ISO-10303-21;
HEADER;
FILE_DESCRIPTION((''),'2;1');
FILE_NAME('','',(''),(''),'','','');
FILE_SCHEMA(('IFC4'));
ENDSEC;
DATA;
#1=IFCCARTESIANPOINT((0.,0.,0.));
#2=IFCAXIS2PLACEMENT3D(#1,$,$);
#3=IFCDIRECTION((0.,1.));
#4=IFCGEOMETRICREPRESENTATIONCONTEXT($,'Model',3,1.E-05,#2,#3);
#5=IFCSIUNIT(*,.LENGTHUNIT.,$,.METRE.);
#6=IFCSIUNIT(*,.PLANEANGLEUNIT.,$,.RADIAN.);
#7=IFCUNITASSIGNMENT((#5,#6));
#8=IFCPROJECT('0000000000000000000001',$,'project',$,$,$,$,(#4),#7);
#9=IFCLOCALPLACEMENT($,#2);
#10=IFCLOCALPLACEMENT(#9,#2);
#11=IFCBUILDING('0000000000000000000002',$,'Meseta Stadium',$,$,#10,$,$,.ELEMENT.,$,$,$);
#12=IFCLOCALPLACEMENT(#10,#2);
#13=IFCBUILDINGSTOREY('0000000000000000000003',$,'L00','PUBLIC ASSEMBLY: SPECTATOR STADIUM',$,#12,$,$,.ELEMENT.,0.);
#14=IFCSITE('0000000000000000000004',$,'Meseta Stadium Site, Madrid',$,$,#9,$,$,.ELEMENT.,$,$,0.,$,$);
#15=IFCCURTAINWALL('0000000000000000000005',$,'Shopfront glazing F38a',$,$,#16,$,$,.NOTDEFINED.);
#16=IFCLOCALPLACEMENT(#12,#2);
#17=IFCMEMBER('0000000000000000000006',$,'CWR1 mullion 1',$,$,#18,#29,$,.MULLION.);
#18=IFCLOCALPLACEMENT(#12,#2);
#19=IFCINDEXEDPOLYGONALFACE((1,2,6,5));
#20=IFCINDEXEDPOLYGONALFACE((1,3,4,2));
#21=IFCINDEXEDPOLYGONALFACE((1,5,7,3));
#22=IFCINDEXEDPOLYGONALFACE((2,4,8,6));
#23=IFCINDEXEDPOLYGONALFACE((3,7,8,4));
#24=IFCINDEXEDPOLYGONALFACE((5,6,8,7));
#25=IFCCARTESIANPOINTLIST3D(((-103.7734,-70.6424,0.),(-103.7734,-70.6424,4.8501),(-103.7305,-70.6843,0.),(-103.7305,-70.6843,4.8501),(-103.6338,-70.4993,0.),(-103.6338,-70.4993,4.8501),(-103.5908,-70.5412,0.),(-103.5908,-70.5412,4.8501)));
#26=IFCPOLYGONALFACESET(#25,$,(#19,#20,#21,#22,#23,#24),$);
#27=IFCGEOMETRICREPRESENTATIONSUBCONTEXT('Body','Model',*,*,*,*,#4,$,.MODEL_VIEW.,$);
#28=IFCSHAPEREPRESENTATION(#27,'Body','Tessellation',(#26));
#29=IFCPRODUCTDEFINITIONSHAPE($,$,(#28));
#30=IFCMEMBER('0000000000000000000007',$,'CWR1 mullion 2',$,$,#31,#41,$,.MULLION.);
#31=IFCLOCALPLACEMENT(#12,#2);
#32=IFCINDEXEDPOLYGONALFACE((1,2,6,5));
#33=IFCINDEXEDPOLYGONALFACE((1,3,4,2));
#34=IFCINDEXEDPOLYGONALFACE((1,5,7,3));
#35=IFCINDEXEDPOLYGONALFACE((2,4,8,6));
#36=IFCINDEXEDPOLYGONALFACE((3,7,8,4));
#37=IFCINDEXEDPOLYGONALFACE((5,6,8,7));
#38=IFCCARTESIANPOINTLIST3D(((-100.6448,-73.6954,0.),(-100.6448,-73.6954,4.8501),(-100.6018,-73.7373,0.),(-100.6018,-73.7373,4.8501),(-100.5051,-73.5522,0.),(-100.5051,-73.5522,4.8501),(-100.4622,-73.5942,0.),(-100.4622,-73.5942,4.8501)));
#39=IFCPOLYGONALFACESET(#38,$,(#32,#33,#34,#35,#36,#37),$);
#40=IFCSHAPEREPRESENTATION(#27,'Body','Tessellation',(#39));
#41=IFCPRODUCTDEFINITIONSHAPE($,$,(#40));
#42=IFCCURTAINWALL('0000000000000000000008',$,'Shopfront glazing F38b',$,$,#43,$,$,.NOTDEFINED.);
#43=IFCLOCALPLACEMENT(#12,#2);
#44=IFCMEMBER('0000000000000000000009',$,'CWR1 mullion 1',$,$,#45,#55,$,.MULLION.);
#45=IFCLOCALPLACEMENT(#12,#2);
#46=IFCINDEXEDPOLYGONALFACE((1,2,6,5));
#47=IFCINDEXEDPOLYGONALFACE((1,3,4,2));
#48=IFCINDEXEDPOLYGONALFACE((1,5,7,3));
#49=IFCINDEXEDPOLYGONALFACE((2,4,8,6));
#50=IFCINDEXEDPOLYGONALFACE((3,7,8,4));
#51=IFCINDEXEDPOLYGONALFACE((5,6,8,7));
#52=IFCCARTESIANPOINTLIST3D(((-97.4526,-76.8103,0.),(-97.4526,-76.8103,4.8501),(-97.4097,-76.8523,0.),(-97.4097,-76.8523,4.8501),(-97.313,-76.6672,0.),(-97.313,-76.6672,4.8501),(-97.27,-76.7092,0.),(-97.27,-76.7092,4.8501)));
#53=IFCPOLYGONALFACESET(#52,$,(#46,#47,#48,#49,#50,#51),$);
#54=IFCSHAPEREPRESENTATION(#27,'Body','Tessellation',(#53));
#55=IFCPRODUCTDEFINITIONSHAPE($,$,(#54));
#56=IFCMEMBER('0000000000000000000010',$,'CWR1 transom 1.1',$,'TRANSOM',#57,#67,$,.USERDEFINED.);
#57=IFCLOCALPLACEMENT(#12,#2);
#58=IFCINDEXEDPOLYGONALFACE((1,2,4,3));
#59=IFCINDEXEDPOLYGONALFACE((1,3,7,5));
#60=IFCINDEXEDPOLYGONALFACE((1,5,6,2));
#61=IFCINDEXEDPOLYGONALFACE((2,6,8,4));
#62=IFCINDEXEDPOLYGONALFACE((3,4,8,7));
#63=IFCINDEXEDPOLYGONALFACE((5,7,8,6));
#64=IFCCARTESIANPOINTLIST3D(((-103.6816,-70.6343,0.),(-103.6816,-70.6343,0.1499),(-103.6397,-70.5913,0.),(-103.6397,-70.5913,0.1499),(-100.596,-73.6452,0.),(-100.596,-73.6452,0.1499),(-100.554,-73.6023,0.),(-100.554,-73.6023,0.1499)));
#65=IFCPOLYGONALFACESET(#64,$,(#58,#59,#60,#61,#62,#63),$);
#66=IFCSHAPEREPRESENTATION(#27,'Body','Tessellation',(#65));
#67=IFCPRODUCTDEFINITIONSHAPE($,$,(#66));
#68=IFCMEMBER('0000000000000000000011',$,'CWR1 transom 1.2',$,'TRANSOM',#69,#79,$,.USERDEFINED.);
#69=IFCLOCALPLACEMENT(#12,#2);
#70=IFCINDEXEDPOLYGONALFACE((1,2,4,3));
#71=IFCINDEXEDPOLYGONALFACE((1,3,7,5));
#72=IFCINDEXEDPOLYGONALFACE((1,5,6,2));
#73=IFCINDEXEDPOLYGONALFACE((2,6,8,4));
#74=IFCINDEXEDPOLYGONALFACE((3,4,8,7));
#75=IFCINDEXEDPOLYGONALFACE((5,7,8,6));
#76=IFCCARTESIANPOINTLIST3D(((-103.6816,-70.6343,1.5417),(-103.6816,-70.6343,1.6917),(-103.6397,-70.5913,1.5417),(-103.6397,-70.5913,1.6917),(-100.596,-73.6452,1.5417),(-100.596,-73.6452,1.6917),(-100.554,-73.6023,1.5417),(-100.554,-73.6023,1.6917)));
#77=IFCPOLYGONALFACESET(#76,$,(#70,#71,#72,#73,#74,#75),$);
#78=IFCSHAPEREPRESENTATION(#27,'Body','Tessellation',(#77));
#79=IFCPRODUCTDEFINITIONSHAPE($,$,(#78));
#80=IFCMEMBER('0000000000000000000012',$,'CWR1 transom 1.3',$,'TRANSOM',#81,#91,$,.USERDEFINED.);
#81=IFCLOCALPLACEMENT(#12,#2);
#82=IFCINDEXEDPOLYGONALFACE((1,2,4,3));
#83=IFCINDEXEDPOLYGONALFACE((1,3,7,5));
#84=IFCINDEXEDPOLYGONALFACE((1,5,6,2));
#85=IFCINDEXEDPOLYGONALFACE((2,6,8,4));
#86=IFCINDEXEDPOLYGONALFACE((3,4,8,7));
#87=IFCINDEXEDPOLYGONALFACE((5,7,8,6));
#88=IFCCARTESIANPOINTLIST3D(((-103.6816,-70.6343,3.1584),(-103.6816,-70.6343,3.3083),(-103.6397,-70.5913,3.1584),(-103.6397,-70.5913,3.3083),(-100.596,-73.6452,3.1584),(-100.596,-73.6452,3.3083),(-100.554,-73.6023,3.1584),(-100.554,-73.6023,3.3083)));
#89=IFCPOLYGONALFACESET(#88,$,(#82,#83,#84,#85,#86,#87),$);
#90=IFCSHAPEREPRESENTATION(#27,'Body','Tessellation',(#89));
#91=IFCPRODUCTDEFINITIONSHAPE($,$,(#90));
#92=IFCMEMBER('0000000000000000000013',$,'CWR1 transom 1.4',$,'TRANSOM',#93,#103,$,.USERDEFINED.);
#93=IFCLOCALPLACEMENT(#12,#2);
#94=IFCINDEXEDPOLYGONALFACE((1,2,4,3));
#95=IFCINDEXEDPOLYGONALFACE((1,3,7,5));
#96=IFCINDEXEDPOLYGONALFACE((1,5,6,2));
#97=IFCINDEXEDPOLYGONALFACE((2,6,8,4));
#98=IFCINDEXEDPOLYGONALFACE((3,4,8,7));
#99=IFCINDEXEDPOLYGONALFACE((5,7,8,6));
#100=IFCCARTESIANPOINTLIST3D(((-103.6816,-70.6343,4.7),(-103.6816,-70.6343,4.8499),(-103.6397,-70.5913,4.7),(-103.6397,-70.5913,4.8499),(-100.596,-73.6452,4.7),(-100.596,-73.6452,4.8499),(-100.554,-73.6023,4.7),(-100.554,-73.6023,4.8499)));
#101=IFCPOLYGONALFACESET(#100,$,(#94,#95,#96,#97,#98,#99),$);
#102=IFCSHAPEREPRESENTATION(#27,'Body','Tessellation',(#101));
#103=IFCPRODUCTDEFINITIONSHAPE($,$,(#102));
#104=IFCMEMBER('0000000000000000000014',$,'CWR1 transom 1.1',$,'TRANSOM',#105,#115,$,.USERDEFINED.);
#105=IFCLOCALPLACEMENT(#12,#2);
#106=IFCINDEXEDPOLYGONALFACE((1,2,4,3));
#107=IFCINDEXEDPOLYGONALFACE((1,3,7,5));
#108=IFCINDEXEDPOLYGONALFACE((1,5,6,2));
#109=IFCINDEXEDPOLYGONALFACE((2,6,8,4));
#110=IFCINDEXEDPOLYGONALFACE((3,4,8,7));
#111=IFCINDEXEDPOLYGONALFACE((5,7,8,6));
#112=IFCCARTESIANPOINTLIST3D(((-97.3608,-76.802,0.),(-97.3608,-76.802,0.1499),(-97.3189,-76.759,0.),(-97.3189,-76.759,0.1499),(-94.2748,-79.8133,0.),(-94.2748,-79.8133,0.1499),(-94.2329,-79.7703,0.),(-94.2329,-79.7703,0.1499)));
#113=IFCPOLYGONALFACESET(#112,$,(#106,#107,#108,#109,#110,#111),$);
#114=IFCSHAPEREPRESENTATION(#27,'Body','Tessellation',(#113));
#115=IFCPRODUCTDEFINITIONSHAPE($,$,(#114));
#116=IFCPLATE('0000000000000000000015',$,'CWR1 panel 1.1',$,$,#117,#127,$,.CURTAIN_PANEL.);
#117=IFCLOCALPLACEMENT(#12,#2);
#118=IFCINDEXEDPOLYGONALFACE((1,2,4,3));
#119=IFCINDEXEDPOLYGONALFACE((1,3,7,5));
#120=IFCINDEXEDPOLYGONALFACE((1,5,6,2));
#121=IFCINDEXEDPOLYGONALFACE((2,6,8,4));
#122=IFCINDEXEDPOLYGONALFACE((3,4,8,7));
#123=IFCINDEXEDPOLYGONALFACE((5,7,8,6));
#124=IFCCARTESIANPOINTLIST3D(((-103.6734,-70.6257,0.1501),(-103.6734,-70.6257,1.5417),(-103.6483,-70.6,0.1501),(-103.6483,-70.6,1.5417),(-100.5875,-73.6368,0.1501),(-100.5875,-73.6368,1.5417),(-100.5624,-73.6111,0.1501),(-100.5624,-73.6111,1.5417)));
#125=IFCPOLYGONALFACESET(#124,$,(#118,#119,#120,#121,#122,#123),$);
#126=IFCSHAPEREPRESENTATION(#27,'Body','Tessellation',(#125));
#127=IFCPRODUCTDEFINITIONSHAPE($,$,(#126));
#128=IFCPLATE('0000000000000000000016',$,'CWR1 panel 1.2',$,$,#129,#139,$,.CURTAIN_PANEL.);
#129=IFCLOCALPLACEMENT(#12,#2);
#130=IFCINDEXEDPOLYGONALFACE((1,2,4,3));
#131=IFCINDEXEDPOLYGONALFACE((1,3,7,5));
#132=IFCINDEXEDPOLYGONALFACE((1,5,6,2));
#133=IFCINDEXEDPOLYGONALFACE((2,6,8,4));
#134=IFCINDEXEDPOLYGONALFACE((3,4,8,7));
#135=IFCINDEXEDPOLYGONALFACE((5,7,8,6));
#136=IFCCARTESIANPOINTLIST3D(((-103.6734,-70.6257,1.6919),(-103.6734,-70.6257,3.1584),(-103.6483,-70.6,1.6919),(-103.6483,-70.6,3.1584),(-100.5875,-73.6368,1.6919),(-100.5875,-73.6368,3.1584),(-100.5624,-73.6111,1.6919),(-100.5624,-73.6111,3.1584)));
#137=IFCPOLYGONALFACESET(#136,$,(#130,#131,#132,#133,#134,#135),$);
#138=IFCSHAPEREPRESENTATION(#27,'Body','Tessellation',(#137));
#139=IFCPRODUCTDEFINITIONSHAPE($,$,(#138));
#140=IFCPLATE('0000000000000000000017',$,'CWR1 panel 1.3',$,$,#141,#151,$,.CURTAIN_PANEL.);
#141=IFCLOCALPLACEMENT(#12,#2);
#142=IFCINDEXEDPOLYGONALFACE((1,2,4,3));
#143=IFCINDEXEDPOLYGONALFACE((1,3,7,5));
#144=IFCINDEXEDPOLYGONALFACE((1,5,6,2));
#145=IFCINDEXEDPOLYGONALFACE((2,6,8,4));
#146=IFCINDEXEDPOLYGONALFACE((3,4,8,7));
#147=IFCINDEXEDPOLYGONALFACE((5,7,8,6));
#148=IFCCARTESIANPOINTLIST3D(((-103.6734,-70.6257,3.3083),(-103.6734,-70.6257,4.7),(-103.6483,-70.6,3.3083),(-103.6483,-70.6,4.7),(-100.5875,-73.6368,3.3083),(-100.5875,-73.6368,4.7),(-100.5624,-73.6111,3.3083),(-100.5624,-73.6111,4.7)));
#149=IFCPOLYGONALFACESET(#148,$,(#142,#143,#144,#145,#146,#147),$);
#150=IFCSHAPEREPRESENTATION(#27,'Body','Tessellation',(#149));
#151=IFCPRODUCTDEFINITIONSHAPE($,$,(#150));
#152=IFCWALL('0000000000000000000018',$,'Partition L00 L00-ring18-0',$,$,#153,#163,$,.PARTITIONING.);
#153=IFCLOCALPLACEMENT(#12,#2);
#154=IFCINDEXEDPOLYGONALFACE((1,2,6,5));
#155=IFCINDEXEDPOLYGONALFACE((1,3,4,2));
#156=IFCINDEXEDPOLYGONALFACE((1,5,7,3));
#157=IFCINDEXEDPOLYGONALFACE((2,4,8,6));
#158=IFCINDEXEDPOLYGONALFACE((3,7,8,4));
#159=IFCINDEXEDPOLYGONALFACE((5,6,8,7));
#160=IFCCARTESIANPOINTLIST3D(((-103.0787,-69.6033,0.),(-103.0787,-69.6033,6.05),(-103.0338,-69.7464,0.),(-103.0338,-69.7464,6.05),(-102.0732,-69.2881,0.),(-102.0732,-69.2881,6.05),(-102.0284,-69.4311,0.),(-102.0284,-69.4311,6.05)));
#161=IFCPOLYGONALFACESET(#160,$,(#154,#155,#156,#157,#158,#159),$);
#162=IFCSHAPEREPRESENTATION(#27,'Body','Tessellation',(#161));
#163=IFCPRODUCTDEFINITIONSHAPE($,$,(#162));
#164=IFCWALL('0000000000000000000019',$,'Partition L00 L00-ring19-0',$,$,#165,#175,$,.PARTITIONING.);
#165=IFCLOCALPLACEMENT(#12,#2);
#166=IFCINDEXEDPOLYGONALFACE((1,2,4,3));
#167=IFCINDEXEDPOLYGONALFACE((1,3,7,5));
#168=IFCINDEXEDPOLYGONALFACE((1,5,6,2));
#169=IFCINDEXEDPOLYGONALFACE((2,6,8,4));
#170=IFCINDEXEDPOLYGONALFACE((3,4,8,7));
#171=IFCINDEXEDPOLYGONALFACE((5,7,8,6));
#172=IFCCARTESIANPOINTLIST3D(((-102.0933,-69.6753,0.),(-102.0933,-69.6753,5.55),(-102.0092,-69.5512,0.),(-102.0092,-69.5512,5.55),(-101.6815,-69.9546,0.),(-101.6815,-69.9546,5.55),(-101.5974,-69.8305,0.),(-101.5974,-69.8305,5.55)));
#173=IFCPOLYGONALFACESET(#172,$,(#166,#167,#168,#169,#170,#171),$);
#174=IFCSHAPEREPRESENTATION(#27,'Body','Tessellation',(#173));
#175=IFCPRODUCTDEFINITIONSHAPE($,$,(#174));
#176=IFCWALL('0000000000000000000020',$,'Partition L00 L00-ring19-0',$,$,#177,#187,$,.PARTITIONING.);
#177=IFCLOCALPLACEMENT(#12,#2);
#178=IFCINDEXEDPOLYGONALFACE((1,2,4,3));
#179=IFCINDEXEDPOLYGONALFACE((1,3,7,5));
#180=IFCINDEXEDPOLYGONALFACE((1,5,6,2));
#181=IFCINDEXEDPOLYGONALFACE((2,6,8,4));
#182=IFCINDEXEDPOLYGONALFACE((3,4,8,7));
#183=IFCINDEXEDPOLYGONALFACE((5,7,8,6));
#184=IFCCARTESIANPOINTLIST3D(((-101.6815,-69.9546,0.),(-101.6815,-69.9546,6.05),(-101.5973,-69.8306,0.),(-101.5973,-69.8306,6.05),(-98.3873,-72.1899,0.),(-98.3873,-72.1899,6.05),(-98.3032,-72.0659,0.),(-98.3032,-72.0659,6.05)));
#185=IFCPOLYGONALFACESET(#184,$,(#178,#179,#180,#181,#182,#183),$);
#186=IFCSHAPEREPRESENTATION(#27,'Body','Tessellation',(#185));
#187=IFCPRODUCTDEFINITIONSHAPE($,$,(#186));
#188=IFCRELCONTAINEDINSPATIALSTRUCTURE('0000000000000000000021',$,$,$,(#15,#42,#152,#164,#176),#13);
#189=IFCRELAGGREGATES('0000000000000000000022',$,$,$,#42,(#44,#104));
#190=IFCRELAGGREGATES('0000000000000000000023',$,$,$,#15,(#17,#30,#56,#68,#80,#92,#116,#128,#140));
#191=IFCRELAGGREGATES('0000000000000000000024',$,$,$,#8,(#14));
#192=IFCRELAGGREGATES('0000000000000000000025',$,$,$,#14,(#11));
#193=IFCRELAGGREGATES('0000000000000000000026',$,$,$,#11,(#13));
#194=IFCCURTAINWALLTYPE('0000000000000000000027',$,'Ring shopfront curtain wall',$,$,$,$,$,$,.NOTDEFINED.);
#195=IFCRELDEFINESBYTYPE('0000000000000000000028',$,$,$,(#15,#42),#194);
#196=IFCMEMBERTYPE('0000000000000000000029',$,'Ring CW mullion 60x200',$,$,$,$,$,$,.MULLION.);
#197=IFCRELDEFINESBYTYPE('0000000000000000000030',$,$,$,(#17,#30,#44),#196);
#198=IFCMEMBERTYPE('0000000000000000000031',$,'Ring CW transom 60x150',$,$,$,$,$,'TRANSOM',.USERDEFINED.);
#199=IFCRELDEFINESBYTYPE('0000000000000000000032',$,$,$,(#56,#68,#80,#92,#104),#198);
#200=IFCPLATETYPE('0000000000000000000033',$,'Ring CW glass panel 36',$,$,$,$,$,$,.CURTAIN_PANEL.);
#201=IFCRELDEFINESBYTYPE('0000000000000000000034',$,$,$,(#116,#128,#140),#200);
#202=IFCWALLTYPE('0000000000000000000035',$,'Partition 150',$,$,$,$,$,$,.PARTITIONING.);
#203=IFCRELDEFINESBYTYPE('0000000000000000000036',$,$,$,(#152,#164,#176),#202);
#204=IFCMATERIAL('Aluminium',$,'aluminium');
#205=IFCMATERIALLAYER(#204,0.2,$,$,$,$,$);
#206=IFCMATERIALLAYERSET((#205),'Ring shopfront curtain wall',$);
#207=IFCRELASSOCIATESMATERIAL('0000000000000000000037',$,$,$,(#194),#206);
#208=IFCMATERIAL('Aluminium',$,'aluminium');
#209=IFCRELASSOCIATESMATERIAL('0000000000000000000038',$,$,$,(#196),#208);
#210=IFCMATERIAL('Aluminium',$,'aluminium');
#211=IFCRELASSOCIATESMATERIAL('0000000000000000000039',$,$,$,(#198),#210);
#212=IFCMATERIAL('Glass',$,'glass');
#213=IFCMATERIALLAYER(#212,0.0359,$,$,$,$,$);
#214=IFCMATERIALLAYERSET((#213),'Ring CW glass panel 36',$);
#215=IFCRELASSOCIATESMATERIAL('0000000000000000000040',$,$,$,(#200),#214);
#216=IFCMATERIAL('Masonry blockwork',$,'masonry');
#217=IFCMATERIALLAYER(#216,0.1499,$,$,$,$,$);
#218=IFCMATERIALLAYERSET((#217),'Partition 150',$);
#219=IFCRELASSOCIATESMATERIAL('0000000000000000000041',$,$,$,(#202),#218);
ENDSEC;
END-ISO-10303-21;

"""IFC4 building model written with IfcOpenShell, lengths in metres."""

from ifc_helpers import new_model, si_unit, direction, frame, frame_2d, origin, origin_2d, place, context, subcontext, project, spatial, rectangle, extrude, material, layer, layer_set, material_profile, profile_set, type_object, element, aggregate, save


model = new_model("IFC4")

# Units and contexts
model_context = context("Model", 3, precision=1e-05, world=origin(), true_north=direction((0.0, 1.0)))
body_context = subcontext(model_context, "Body", "Model", "MODEL_VIEW")
ifc_project = project(units=[si_unit("LENGTHUNIT", "METRE"), si_unit("PLANEANGLEUNIT", "RADIAN")], contexts=[model_context])

# Site, building, storey
site_placement = place(None, origin())
site = spatial("IfcSite", under=ifc_project, at=site_placement, Name="Meseta Stadium Site, Madrid", CompositionType="ELEMENT", RefElevation=0.0)
building_placement = place(site_placement, origin())
building = spatial("IfcBuilding", under=site, at=building_placement, Name="Meseta Stadium", CompositionType="ELEMENT")
storey_placement = place(building_placement, origin())
storey = spatial("IfcBuildingStorey", under=building, at=storey_placement, Name="L00", Description="PUBLIC ASSEMBLY: SPECTATOR STADIUM", CompositionType="ELEMENT", Elevation=0.0)

# Curtain wall, members
ifc_material_1 = material(Name="Aluminium", Category="aluminium")
ifc_layer_1 = layer(ifc_material_1, 0.2)
ifc_layer_set_1 = layer_set([ifc_layer_1], Name="Ring shopfront curtain wall")
curtain_wall_type = type_object("IfcCurtainWallType", Name="Ring shopfront curtain wall", PredefinedType="NOTDEFINED", material=ifc_layer_set_1)
curtain_wall_1_placement = place(storey_placement, origin())
curtain_wall_1 = element("IfcCurtainWall", 1, at=curtain_wall_1_placement, inside=storey, type_object=curtain_wall_type, Name="Shopfront glazing F38a", PredefinedType="NOTDEFINED")
ifc_material_2 = material(Name="Aluminium", Category="aluminium")
ifc_material_profile_1 = material_profile(ifc_material_2, rectangle(XDim=0.2, YDim=0.0601, at=origin_2d()), Name="CW 200x60")
ifc_profile_set_1 = profile_set([ifc_material_profile_1], Name="Aluminium")
member_type_1 = type_object("IfcMemberType", Name="Ring CW mullion 60x200", PredefinedType="MULLION", material=ifc_profile_set_1)
member_1_placement = place(storey_placement, frame((-103.6821, -70.5918, 0.0), z_axis=(0.0, 0.0, 1.0), x_axis=(0.698377, 0.71573, 0.0)))
member_1 = element("IfcMember", 2, at=member_1_placement, type_object=member_type_1, Name="CWR1 mullion 1", PredefinedType="MULLION", context=body_context, shape_type="SweptSolid", body=[
    extrude(rectangle(XDim=0.2, YDim=0.0601, at=origin_2d()), origin(), (0.0, 0.0, 1.0), 4.8501),
])
member_2_placement = place(storey_placement, frame((-100.5535, -73.6448, 0.0), z_axis=(0.0, 0.0, 1.0), x_axis=(0.698377, 0.71573, 0.0)))
member_2 = element("IfcMember", 3, at=member_2_placement, type_object=member_type_1, Name="CWR1 mullion 2", PredefinedType="MULLION", context=body_context, shape_type="SweptSolid", body=[
    extrude(rectangle(XDim=0.2, YDim=0.0601, at=origin_2d()), origin(), (0.0, 0.0, 1.0), 4.8501),
])

# Curtain wall, member
curtain_wall_2_placement = place(storey_placement, origin())
curtain_wall_2 = element("IfcCurtainWall", 4, at=curtain_wall_2_placement, inside=storey, type_object=curtain_wall_type, Name="Shopfront glazing F38b", PredefinedType="NOTDEFINED")
member_3_placement = place(storey_placement, frame((-97.3613, -76.7598, 0.0), z_axis=(0.0, 0.0, 1.0), x_axis=(0.698389, 0.715719, 0.0)))
member_3 = element("IfcMember", 5, at=member_3_placement, type_object=member_type_1, Name="CWR1 mullion 1", PredefinedType="MULLION", context=body_context, shape_type="SweptSolid", body=[
    extrude(rectangle(XDim=0.2, YDim=0.0601, at=origin_2d()), origin(), (0.0, 0.0, 1.0), 4.8501),
])

# Members
ifc_material_3 = material(Name="Aluminium", Category="aluminium")
ifc_material_profile_2 = material_profile(ifc_material_3, rectangle(XDim=0.0601, YDim=0.1499, at=origin_2d()), Name="CW 60x150")
ifc_profile_set_2 = profile_set([ifc_material_profile_2], Name="Aluminium")
member_type_2 = type_object("IfcMemberType", Name="Ring CW transom 60x150", ElementType="TRANSOM", PredefinedType="USERDEFINED", material=ifc_profile_set_2)
member_4_placement = place(storey_placement, frame((-103.6606, -70.6128, 0.075), z_axis=(0.715718, -0.69839, 0.0), x_axis=(0.69839, 0.715718, 0.0)))
member_4 = element("IfcMember", 6, at=member_4_placement, type_object=member_type_2, Name="CWR1 transom 1.1", ObjectType="TRANSOM", PredefinedType="USERDEFINED", context=body_context, shape_type="SweptSolid", body=[
    extrude(rectangle(XDim=0.0601, YDim=0.1499, at=origin_2d()), origin(), (0.0, 0.0, 1.0), 4.3113),
])
member_5_placement = place(storey_placement, frame((-103.6606, -70.6128, 1.6167), z_axis=(0.715718, -0.69839, 0.0), x_axis=(0.69839, 0.715718, 0.0)))
member_5 = element("IfcMember", 7, at=member_5_placement, type_object=member_type_2, Name="CWR1 transom 1.2", ObjectType="TRANSOM", PredefinedType="USERDEFINED", context=body_context, shape_type="SweptSolid", body=[
    extrude(rectangle(XDim=0.0601, YDim=0.1499, at=origin_2d()), origin(), (0.0, 0.0, 1.0), 4.3113),
])
member_6_placement = place(storey_placement, frame((-103.6606, -70.6128, 3.2334), z_axis=(0.715718, -0.69839, 0.0), x_axis=(0.69839, 0.715718, 0.0)))
member_6 = element("IfcMember", 8, at=member_6_placement, type_object=member_type_2, Name="CWR1 transom 1.3", ObjectType="TRANSOM", PredefinedType="USERDEFINED", context=body_context, shape_type="SweptSolid", body=[
    extrude(rectangle(XDim=0.0601, YDim=0.1499, at=origin_2d()), origin(), (0.0, 0.0, 1.0), 4.3113),
])
member_7_placement = place(storey_placement, frame((-103.6606, -70.6128, 4.7749), z_axis=(0.715718, -0.69839, 0.0), x_axis=(0.69839, 0.715718, 0.0)))
member_7 = element("IfcMember", 9, at=member_7_placement, type_object=member_type_2, Name="CWR1 transom 1.4", ObjectType="TRANSOM", PredefinedType="USERDEFINED", context=body_context, shape_type="SweptSolid", body=[
    extrude(rectangle(XDim=0.0601, YDim=0.1499, at=origin_2d()), origin(), (0.0, 0.0, 1.0), 4.3113),
])
member_8_placement = place(storey_placement, frame((-97.3398, -76.7805, 0.075), z_axis=(0.715717, -0.69839, 0.0), x_axis=(0.69839, 0.715717, 0.0)))
member_8 = element("IfcMember", 10, at=member_8_placement, type_object=member_type_2, Name="CWR1 transom 1.1", ObjectType="TRANSOM", PredefinedType="USERDEFINED", context=body_context, shape_type="SweptSolid", body=[
    extrude(rectangle(XDim=0.0601, YDim=0.1499, at=origin_2d()), origin(), (0.0, 0.0, 1.0), 4.3118),
])
aggregate(curtain_wall_2, [member_3, member_8])

# Plates
ifc_material_4 = material(Name="Glass", Category="glass")
ifc_layer_2 = layer(ifc_material_4, 0.0359)
ifc_layer_set_2 = layer_set([ifc_layer_2], Name="Ring CW glass panel 36")
plate_type = type_object("IfcPlateType", Name="Ring CW glass panel 36", PredefinedType="CURTAIN_PANEL", material=ifc_layer_set_2)
plate_1_placement = place(storey_placement, frame((-102.1179, -72.1184, 0.1501), z_axis=(0.0, 0.0, 1.0), x_axis=(0.71573, -0.698377, 0.0)))
plate_1 = element("IfcPlate", 11, at=plate_1_placement, type_object=plate_type, Name="CWR1 panel 1.1", PredefinedType="CURTAIN_PANEL", context=body_context, shape_type="SweptSolid", body=[
    extrude(rectangle(XDim=4.3115, YDim=0.0359, at=origin_2d()), origin(), (0.0, 0.0, 1.0), 1.3916),
])
plate_2_placement = place(storey_placement, frame((-102.1179, -72.1184, 1.6919), z_axis=(0.0, 0.0, 1.0), x_axis=(0.71573, -0.698377, 0.0)))
plate_2 = element("IfcPlate", 12, at=plate_2_placement, type_object=plate_type, Name="CWR1 panel 1.2", PredefinedType="CURTAIN_PANEL", context=body_context, shape_type="SweptSolid", body=[
    extrude(rectangle(XDim=4.3115, YDim=0.0359, at=origin_2d()), origin(), (0.0, 0.0, 1.0), 1.4666),
])
plate_3_placement = place(storey_placement, frame((-102.1179, -72.1184, 3.3083), z_axis=(0.0, 0.0, 1.0), x_axis=(0.71573, -0.698377, 0.0)))
plate_3 = element("IfcPlate", 13, at=plate_3_placement, type_object=plate_type, Name="CWR1 panel 1.3", PredefinedType="CURTAIN_PANEL", context=body_context, shape_type="SweptSolid", body=[
    extrude(rectangle(XDim=4.3115, YDim=0.0359, at=origin_2d()), origin(), (0.0, 0.0, 1.0), 1.3916),
])
aggregate(curtain_wall_1, [member_1, member_2, member_4, member_5, member_6, member_7, plate_1, plate_2, plate_3])

# Walls
ifc_material_5 = material(Name="Masonry blockwork", Category="masonry")
ifc_layer_3 = layer(ifc_material_5, 0.1499)
ifc_layer_set_3 = layer_set([ifc_layer_3], Name="Partition 150")
wall_type_1 = type_object("IfcWallType", Name="Partition 150", PredefinedType="PARTITIONING", material=ifc_layer_set_3)
wall_1_placement = place(storey_placement, frame((-102.0508, -69.3596, 0.0), z_axis=(0.0, 0.0, 1.0), x_axis=(-0.954207, -0.299146, 0.0)))
element("IfcWall", 14, at=wall_1_placement, inside=storey, type_object=wall_type_1, Name="Partition L00 L00-ring18-0", PredefinedType="PARTITIONING", context=body_context, shape_type="SweptSolid", body=[
    extrude(rectangle(XDim=1.0537, YDim=0.1499, at=frame_2d((0.5269, 0.0))), origin(), (0.0, 0.0, 1.0), 6.05),
])
wall_2_placement = place(storey_placement, frame((-102.0513, -69.6133, 0.0), z_axis=(0.0, 0.0, 1.0), x_axis=(0.827647, -0.561249, 0.0)))
element("IfcWall", 15, at=wall_2_placement, inside=storey, type_object=wall_type_1, Name="Partition L00 L00-ring19-0", PredefinedType="PARTITIONING", context=body_context, shape_type="SweptSolid", body=[
    extrude(rectangle(XDim=0.4976, YDim=0.1499, at=frame_2d((0.2488, 0.0))), origin(), (0.0, 0.0, 1.0), 5.55),
])
wall_3_placement = place(storey_placement, frame((-101.6394, -69.8926, 0.0), z_axis=(0.0, 0.0, 1.0), x_axis=(0.827475, -0.561503, 0.0)))
element("IfcWall", 16, at=wall_3_placement, inside=storey, type_object=wall_type_1, Name="Partition L00 L00-ring19-0", PredefinedType="PARTITIONING", context=body_context, shape_type="SweptSolid", body=[
    extrude(rectangle(XDim=3.981, YDim=0.1499, at=frame_2d((1.9905, 0.0))), origin(), (0.0, 0.0, 1.0), 6.05),
])

save(model, "model.ifc")
